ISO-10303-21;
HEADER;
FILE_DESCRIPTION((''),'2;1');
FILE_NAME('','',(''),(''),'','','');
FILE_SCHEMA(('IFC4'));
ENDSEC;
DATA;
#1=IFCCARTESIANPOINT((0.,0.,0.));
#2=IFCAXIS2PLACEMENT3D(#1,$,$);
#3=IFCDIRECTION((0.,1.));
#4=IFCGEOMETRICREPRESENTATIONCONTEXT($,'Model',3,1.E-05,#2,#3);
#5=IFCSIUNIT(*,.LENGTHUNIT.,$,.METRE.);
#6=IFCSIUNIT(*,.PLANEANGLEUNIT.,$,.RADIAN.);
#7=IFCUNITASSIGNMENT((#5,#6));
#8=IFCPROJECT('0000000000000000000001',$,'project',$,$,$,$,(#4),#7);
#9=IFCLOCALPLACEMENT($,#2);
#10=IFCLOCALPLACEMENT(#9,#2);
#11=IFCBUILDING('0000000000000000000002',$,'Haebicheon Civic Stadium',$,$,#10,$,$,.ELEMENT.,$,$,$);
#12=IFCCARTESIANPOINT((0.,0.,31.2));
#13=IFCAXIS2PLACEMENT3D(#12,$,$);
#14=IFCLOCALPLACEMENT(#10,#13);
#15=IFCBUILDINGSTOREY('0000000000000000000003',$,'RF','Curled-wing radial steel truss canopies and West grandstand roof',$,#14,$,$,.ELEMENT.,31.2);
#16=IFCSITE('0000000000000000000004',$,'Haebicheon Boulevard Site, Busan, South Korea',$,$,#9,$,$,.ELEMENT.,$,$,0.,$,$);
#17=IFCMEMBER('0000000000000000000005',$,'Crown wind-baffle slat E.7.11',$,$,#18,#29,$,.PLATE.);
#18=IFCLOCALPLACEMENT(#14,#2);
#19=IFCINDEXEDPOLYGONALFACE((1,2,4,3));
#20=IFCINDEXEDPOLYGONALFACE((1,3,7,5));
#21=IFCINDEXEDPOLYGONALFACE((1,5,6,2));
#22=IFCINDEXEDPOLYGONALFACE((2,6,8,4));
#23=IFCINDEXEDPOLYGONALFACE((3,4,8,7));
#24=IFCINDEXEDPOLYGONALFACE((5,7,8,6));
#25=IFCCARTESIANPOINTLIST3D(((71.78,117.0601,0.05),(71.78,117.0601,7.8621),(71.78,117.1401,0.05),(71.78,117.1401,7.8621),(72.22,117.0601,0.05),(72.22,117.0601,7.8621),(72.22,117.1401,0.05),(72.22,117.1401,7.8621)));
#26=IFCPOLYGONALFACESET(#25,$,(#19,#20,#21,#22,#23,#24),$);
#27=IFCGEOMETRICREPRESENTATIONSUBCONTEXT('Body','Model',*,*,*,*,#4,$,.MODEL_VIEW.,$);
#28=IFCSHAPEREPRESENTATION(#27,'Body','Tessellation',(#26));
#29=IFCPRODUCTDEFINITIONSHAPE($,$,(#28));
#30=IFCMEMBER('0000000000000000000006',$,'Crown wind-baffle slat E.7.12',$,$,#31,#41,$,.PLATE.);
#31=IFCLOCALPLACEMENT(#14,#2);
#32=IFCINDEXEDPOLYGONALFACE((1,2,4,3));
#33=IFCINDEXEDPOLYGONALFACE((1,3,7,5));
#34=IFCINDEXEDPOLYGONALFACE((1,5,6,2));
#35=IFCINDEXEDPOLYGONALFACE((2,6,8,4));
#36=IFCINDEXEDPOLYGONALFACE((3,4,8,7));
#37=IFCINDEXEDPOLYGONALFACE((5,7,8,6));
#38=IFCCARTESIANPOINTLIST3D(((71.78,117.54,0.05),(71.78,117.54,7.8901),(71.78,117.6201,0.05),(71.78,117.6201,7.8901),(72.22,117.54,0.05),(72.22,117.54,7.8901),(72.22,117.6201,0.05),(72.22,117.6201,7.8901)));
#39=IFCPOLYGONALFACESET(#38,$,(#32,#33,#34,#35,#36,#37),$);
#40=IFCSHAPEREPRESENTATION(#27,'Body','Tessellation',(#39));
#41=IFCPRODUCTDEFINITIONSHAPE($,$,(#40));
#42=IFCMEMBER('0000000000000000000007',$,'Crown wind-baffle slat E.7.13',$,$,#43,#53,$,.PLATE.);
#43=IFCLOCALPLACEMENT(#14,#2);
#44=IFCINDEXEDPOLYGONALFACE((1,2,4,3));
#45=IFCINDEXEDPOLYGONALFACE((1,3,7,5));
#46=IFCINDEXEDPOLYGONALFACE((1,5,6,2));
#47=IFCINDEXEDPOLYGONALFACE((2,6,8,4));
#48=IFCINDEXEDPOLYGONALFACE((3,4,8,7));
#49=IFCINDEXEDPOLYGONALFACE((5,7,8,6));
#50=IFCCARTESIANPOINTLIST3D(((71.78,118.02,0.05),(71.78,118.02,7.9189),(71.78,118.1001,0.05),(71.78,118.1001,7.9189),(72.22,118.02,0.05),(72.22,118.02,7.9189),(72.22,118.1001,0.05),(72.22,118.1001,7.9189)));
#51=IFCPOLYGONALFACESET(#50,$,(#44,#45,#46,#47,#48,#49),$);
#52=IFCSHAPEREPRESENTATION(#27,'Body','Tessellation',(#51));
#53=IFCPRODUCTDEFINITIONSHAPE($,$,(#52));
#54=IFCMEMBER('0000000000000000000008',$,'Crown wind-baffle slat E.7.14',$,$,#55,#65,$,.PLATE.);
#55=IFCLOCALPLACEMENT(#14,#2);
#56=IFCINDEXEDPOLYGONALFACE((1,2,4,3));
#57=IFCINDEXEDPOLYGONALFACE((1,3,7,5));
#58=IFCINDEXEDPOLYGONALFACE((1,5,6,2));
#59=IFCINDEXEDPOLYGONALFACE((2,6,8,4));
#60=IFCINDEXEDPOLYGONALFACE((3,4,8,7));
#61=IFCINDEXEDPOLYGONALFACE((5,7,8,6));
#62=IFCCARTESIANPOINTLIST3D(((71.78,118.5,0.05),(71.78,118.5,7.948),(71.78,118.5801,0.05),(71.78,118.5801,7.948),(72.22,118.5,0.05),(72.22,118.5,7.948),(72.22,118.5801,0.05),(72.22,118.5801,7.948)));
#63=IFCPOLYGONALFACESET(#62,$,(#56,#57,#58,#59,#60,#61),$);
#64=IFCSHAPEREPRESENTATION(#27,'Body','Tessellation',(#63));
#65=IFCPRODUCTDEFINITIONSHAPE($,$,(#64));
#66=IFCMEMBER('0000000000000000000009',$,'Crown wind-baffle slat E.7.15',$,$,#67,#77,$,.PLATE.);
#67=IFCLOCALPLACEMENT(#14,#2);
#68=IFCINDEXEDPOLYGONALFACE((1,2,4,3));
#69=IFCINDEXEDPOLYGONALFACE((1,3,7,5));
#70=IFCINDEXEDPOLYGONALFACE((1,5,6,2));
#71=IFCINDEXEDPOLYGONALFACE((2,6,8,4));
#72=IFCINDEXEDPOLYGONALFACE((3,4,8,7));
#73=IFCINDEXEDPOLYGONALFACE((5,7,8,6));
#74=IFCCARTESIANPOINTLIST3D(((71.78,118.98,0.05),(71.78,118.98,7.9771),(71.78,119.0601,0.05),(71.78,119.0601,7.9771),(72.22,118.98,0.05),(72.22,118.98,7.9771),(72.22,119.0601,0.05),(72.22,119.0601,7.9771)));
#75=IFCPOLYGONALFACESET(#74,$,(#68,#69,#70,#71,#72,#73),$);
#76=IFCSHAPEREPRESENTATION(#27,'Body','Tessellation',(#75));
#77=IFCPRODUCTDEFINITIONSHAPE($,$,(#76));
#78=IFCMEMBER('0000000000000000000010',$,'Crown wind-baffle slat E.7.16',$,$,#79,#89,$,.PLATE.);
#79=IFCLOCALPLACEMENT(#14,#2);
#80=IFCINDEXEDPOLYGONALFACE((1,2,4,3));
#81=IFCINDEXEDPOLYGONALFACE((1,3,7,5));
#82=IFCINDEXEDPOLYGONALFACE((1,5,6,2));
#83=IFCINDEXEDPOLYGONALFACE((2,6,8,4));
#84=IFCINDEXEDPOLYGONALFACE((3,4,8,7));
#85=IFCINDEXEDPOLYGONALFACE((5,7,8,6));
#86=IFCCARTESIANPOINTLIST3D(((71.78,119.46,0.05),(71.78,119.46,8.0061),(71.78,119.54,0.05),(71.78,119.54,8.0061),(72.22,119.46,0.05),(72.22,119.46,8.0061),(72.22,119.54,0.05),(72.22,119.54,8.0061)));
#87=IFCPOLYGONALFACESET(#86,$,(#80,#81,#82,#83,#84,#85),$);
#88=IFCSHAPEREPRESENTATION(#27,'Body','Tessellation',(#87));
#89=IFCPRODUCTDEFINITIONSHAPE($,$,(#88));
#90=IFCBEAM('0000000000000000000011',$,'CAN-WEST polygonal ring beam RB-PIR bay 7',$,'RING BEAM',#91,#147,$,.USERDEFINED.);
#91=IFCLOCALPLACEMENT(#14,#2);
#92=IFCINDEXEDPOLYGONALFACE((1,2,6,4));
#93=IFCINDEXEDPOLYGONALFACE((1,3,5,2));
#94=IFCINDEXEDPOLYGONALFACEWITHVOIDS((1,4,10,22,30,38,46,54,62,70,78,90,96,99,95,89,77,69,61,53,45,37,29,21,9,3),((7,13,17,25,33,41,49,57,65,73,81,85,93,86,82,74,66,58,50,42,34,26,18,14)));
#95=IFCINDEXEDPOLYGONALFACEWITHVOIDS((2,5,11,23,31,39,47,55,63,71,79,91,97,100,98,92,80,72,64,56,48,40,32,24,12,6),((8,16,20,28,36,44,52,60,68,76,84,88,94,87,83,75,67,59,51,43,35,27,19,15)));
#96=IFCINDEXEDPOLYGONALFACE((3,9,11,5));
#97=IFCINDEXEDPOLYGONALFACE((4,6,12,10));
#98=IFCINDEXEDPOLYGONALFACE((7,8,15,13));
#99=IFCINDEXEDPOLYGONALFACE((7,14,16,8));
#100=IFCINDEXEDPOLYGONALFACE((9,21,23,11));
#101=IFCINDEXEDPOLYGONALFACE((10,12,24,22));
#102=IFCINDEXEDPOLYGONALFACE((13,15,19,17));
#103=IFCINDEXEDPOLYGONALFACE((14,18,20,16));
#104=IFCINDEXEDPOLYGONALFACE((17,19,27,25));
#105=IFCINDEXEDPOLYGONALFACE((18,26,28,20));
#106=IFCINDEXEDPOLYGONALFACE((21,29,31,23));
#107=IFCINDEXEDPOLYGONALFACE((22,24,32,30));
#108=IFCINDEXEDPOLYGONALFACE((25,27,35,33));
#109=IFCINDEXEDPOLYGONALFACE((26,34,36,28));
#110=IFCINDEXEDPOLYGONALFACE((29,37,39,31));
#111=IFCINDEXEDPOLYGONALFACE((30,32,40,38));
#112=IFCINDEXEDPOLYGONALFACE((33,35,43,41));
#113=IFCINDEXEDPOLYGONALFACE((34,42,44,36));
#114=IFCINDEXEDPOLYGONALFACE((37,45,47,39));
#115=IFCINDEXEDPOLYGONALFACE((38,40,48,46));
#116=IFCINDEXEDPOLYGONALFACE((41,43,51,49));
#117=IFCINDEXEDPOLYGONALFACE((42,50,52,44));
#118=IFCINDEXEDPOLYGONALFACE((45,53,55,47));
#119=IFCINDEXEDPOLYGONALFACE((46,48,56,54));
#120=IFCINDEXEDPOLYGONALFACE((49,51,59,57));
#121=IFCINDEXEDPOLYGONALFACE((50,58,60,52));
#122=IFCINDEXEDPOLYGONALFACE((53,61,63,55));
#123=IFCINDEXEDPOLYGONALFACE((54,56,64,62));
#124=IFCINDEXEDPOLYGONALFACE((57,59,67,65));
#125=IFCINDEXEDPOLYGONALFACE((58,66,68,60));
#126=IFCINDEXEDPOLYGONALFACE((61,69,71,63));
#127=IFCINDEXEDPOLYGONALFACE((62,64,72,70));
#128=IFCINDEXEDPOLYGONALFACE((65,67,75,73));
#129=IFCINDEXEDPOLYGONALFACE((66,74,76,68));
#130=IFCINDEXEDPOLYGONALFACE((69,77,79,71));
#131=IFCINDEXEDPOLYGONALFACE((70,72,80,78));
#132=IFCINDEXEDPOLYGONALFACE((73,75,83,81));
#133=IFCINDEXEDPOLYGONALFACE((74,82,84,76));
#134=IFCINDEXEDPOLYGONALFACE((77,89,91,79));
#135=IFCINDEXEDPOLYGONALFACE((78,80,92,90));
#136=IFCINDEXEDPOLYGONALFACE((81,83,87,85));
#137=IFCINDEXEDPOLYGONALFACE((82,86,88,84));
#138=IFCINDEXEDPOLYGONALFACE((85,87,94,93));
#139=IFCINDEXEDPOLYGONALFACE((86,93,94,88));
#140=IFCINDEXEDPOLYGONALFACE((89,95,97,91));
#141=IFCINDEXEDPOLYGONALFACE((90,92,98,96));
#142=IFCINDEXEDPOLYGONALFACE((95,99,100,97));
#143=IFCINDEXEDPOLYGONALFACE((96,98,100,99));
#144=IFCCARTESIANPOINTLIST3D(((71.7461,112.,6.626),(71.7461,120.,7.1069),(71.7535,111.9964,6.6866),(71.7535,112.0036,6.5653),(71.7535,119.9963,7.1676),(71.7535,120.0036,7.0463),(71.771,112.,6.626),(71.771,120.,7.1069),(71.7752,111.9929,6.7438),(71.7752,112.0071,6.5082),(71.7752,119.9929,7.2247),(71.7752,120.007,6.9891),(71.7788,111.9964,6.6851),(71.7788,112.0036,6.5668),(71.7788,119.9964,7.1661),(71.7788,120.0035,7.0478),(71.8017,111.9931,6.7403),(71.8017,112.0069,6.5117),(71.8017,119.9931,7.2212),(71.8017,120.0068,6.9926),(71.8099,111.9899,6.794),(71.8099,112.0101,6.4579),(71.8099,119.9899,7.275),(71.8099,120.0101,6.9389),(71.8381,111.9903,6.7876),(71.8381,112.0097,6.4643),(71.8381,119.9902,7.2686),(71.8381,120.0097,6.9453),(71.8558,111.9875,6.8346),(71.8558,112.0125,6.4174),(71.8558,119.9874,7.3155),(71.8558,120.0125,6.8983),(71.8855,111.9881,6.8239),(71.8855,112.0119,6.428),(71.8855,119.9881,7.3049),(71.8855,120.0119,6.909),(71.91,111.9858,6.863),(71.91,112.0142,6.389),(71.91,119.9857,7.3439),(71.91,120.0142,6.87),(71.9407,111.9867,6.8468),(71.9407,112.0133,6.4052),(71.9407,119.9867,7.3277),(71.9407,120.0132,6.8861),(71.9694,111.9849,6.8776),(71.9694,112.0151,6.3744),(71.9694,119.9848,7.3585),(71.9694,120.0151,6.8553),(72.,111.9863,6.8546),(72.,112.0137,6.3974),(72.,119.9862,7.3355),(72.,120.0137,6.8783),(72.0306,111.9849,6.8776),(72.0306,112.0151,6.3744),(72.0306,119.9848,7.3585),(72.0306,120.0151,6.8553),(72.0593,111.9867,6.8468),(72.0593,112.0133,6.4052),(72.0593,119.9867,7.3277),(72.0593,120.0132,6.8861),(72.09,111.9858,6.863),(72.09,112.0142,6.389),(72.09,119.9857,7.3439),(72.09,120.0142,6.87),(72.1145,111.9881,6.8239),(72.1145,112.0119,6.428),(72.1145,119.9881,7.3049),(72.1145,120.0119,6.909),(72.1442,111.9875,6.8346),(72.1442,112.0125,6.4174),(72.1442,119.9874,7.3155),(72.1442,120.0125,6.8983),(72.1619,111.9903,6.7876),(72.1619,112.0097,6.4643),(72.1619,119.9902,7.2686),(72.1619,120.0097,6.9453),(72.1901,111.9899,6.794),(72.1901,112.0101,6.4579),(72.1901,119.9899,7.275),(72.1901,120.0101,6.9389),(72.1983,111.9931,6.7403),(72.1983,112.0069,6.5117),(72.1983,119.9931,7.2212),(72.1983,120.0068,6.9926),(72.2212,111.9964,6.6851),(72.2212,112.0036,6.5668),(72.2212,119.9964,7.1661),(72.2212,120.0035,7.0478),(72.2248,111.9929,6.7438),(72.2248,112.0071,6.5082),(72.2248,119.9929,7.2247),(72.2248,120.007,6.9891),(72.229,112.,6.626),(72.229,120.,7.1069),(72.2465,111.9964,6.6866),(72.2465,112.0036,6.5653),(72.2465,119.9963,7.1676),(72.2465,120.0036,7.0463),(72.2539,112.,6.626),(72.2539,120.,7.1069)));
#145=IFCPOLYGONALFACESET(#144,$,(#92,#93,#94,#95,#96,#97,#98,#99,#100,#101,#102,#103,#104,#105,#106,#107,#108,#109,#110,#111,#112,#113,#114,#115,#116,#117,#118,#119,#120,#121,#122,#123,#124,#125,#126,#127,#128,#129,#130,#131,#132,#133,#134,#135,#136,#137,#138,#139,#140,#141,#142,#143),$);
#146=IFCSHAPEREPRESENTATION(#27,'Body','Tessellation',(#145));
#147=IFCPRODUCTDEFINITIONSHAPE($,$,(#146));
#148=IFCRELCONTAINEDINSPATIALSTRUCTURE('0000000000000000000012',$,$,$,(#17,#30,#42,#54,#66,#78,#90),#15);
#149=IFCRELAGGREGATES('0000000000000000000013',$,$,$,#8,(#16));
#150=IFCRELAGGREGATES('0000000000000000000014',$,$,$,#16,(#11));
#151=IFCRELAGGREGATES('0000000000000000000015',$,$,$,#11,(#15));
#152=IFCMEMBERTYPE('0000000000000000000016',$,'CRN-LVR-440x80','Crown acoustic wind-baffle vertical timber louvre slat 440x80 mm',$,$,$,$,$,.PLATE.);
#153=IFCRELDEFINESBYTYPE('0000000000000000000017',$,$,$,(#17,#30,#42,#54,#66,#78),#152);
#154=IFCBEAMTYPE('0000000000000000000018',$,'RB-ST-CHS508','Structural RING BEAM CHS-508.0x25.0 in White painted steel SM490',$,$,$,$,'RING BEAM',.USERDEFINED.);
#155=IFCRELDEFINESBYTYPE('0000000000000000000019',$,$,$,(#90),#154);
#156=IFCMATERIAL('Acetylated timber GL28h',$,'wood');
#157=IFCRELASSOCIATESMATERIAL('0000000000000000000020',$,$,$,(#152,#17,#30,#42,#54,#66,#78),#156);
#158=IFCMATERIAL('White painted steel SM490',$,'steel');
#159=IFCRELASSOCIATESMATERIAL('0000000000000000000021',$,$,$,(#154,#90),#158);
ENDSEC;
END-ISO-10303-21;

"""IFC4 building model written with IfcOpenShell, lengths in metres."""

from ifc_helpers import new_model, si_unit, direction, frame, origin, origin_2d, place, context, subcontext, project, spatial, rectangle, hollow_circle, extrude, material, material_profile, profile_set, type_object, element, save


model = new_model("IFC4")

# Units and contexts
model_context = context("Model", 3, precision=1e-05, world=origin(), true_north=direction((0.0, 1.0)))
body_context = subcontext(model_context, "Body", "Model", "MODEL_VIEW")
ifc_project = project(units=[si_unit("LENGTHUNIT", "METRE"), si_unit("PLANEANGLEUNIT", "RADIAN")], contexts=[model_context])

# Site, building, storey
site_placement = place(None, origin())
site = spatial("IfcSite", under=ifc_project, at=site_placement, Name="Haebicheon Boulevard Site, Busan, South Korea", CompositionType="ELEMENT", RefElevation=0.0)
building_placement = place(site_placement, origin())
building = spatial("IfcBuilding", under=site, at=building_placement, Name="Haebicheon Civic Stadium", CompositionType="ELEMENT")
storey_placement = place(building_placement, frame((0.0, 0.0, 31.2)))
storey = spatial("IfcBuildingStorey", under=building, at=storey_placement, Name="RF", Description="Curled-wing radial steel truss canopies and West grandstand roof", CompositionType="ELEMENT", Elevation=31.2)

# Members
ifc_material_1 = material(Name="Acetylated timber GL28h", Category="wood")
ifc_material_profile_1 = material_profile(ifc_material_1, rectangle(XDim=0.0801, YDim=0.4399, at=origin_2d()), Name="TMB-LOUV-80x440")
ifc_profile_set_1 = profile_set([ifc_material_profile_1], Name="Acetylated timber GL28h")
member_type_1 = type_object("IfcMemberType", Name="CRN-LVR-440x80", Description="Crown acoustic wind-baffle vertical timber louvre slat 440x80 mm", PredefinedType="PLATE", material=ifc_profile_set_1)
member_1_placement = place(storey_placement, frame((72.0, 117.1001, 0.05), z_axis=(0.0, 0.0, 1.0), x_axis=(0.0, 1.0, 0.0)))
element("IfcMember", 1, at=member_1_placement, inside=storey, type_object=member_type_1, material=ifc_profile_set_1, Name="Crown wind-baffle slat E.7.11", PredefinedType="PLATE", context=body_context, shape_type="SweptSolid", body=[
    extrude(rectangle(XDim=0.0801, YDim=0.4399, at=origin_2d()), origin(), (0.0, 0.0, 1.0), 7.812),
])
member_2_placement = place(storey_placement, frame((72.0, 117.5801, 0.05), z_axis=(0.0, 0.0, 1.0), x_axis=(0.0, 1.0, 0.0)))
element("IfcMember", 2, at=member_2_placement, inside=storey, type_object=member_type_1, material=ifc_profile_set_1, Name="Crown wind-baffle slat E.7.12", PredefinedType="PLATE", context=body_context, shape_type="SweptSolid", body=[
    extrude(rectangle(XDim=0.0801, YDim=0.4399, at=origin_2d()), origin(), (0.0, 0.0, 1.0), 7.8401),
])
member_3_placement = place(storey_placement, frame((72.0, 118.0601, 0.05), z_axis=(0.0, 0.0, 1.0), x_axis=(0.0, 1.0, 0.0)))
element("IfcMember", 3, at=member_3_placement, inside=storey, type_object=member_type_1, material=ifc_profile_set_1, Name="Crown wind-baffle slat E.7.13", PredefinedType="PLATE", context=body_context, shape_type="SweptSolid", body=[
    extrude(rectangle(XDim=0.0801, YDim=0.4399, at=origin_2d()), origin(), (0.0, 0.0, 1.0), 7.8689),
])
member_4_placement = place(storey_placement, frame((72.0, 118.54, 0.05), z_axis=(0.0, 0.0, 1.0), x_axis=(0.0, 1.0, 0.0)))
element("IfcMember", 4, at=member_4_placement, inside=storey, type_object=member_type_1, material=ifc_profile_set_1, Name="Crown wind-baffle slat E.7.14", PredefinedType="PLATE", context=body_context, shape_type="SweptSolid", body=[
    extrude(rectangle(XDim=0.0801, YDim=0.4399, at=origin_2d()), origin(), (0.0, 0.0, 1.0), 7.8979),
])
member_5_placement = place(storey_placement, frame((72.0, 119.02, 0.05), z_axis=(0.0, 0.0, 1.0), x_axis=(0.0, 1.0, 0.0)))
element("IfcMember", 5, at=member_5_placement, inside=storey, type_object=member_type_1, material=ifc_profile_set_1, Name="Crown wind-baffle slat E.7.15", PredefinedType="PLATE", context=body_context, shape_type="SweptSolid", body=[
    extrude(rectangle(XDim=0.0801, YDim=0.4399, at=origin_2d()), origin(), (0.0, 0.0, 1.0), 7.927),
])
member_6_placement = place(storey_placement, frame((72.0, 119.5, 0.05), z_axis=(0.0, 0.0, 1.0), x_axis=(0.0, 1.0, 0.0)))
element("IfcMember", 6, at=member_6_placement, inside=storey, type_object=member_type_1, material=ifc_profile_set_1, Name="Crown wind-baffle slat E.7.16", PredefinedType="PLATE", context=body_context, shape_type="SweptSolid", body=[
    extrude(rectangle(XDim=0.0801, YDim=0.4399, at=origin_2d()), origin(), (0.0, 0.0, 1.0), 7.9561),
])

# Beam
ifc_material_2 = material(Name="White painted steel SM490", Category="steel")
ifc_material_profile_2 = material_profile(ifc_material_2, hollow_circle(Radius=0.2539, WallThickness=0.0249, at=origin_2d()), Name="CHS-508.0x25.0")
ifc_profile_set_2 = profile_set([ifc_material_profile_2], Name="White painted steel SM490")
beam_type = type_object("IfcBeamType", Name="RB-ST-CHS508", Description="Structural RING BEAM CHS-508.0x25.0 in White painted steel SM490", ElementType="RING BEAM", PredefinedType="USERDEFINED", material=ifc_profile_set_2)
beam_1_placement = place(storey_placement, frame((72.0, 112.0, 6.626), z_axis=(0.0, 0.998198, 0.060011), x_axis=(-1.0, 0.0, 0.0)))
element("IfcBeam", 7, at=beam_1_placement, inside=storey, type_object=beam_type, material=ifc_profile_set_2, Name="CAN-WEST polygonal ring beam RB-PIR bay 7", ObjectType="RING BEAM", PredefinedType="USERDEFINED", context=body_context, shape_type="SweptSolid", body=[
    extrude(hollow_circle(Radius=0.2539, WallThickness=0.0249, at=origin_2d()), origin(), (0.0, 0.0, 1.0), 8.0144),
])

save(model, "model.ifc")
